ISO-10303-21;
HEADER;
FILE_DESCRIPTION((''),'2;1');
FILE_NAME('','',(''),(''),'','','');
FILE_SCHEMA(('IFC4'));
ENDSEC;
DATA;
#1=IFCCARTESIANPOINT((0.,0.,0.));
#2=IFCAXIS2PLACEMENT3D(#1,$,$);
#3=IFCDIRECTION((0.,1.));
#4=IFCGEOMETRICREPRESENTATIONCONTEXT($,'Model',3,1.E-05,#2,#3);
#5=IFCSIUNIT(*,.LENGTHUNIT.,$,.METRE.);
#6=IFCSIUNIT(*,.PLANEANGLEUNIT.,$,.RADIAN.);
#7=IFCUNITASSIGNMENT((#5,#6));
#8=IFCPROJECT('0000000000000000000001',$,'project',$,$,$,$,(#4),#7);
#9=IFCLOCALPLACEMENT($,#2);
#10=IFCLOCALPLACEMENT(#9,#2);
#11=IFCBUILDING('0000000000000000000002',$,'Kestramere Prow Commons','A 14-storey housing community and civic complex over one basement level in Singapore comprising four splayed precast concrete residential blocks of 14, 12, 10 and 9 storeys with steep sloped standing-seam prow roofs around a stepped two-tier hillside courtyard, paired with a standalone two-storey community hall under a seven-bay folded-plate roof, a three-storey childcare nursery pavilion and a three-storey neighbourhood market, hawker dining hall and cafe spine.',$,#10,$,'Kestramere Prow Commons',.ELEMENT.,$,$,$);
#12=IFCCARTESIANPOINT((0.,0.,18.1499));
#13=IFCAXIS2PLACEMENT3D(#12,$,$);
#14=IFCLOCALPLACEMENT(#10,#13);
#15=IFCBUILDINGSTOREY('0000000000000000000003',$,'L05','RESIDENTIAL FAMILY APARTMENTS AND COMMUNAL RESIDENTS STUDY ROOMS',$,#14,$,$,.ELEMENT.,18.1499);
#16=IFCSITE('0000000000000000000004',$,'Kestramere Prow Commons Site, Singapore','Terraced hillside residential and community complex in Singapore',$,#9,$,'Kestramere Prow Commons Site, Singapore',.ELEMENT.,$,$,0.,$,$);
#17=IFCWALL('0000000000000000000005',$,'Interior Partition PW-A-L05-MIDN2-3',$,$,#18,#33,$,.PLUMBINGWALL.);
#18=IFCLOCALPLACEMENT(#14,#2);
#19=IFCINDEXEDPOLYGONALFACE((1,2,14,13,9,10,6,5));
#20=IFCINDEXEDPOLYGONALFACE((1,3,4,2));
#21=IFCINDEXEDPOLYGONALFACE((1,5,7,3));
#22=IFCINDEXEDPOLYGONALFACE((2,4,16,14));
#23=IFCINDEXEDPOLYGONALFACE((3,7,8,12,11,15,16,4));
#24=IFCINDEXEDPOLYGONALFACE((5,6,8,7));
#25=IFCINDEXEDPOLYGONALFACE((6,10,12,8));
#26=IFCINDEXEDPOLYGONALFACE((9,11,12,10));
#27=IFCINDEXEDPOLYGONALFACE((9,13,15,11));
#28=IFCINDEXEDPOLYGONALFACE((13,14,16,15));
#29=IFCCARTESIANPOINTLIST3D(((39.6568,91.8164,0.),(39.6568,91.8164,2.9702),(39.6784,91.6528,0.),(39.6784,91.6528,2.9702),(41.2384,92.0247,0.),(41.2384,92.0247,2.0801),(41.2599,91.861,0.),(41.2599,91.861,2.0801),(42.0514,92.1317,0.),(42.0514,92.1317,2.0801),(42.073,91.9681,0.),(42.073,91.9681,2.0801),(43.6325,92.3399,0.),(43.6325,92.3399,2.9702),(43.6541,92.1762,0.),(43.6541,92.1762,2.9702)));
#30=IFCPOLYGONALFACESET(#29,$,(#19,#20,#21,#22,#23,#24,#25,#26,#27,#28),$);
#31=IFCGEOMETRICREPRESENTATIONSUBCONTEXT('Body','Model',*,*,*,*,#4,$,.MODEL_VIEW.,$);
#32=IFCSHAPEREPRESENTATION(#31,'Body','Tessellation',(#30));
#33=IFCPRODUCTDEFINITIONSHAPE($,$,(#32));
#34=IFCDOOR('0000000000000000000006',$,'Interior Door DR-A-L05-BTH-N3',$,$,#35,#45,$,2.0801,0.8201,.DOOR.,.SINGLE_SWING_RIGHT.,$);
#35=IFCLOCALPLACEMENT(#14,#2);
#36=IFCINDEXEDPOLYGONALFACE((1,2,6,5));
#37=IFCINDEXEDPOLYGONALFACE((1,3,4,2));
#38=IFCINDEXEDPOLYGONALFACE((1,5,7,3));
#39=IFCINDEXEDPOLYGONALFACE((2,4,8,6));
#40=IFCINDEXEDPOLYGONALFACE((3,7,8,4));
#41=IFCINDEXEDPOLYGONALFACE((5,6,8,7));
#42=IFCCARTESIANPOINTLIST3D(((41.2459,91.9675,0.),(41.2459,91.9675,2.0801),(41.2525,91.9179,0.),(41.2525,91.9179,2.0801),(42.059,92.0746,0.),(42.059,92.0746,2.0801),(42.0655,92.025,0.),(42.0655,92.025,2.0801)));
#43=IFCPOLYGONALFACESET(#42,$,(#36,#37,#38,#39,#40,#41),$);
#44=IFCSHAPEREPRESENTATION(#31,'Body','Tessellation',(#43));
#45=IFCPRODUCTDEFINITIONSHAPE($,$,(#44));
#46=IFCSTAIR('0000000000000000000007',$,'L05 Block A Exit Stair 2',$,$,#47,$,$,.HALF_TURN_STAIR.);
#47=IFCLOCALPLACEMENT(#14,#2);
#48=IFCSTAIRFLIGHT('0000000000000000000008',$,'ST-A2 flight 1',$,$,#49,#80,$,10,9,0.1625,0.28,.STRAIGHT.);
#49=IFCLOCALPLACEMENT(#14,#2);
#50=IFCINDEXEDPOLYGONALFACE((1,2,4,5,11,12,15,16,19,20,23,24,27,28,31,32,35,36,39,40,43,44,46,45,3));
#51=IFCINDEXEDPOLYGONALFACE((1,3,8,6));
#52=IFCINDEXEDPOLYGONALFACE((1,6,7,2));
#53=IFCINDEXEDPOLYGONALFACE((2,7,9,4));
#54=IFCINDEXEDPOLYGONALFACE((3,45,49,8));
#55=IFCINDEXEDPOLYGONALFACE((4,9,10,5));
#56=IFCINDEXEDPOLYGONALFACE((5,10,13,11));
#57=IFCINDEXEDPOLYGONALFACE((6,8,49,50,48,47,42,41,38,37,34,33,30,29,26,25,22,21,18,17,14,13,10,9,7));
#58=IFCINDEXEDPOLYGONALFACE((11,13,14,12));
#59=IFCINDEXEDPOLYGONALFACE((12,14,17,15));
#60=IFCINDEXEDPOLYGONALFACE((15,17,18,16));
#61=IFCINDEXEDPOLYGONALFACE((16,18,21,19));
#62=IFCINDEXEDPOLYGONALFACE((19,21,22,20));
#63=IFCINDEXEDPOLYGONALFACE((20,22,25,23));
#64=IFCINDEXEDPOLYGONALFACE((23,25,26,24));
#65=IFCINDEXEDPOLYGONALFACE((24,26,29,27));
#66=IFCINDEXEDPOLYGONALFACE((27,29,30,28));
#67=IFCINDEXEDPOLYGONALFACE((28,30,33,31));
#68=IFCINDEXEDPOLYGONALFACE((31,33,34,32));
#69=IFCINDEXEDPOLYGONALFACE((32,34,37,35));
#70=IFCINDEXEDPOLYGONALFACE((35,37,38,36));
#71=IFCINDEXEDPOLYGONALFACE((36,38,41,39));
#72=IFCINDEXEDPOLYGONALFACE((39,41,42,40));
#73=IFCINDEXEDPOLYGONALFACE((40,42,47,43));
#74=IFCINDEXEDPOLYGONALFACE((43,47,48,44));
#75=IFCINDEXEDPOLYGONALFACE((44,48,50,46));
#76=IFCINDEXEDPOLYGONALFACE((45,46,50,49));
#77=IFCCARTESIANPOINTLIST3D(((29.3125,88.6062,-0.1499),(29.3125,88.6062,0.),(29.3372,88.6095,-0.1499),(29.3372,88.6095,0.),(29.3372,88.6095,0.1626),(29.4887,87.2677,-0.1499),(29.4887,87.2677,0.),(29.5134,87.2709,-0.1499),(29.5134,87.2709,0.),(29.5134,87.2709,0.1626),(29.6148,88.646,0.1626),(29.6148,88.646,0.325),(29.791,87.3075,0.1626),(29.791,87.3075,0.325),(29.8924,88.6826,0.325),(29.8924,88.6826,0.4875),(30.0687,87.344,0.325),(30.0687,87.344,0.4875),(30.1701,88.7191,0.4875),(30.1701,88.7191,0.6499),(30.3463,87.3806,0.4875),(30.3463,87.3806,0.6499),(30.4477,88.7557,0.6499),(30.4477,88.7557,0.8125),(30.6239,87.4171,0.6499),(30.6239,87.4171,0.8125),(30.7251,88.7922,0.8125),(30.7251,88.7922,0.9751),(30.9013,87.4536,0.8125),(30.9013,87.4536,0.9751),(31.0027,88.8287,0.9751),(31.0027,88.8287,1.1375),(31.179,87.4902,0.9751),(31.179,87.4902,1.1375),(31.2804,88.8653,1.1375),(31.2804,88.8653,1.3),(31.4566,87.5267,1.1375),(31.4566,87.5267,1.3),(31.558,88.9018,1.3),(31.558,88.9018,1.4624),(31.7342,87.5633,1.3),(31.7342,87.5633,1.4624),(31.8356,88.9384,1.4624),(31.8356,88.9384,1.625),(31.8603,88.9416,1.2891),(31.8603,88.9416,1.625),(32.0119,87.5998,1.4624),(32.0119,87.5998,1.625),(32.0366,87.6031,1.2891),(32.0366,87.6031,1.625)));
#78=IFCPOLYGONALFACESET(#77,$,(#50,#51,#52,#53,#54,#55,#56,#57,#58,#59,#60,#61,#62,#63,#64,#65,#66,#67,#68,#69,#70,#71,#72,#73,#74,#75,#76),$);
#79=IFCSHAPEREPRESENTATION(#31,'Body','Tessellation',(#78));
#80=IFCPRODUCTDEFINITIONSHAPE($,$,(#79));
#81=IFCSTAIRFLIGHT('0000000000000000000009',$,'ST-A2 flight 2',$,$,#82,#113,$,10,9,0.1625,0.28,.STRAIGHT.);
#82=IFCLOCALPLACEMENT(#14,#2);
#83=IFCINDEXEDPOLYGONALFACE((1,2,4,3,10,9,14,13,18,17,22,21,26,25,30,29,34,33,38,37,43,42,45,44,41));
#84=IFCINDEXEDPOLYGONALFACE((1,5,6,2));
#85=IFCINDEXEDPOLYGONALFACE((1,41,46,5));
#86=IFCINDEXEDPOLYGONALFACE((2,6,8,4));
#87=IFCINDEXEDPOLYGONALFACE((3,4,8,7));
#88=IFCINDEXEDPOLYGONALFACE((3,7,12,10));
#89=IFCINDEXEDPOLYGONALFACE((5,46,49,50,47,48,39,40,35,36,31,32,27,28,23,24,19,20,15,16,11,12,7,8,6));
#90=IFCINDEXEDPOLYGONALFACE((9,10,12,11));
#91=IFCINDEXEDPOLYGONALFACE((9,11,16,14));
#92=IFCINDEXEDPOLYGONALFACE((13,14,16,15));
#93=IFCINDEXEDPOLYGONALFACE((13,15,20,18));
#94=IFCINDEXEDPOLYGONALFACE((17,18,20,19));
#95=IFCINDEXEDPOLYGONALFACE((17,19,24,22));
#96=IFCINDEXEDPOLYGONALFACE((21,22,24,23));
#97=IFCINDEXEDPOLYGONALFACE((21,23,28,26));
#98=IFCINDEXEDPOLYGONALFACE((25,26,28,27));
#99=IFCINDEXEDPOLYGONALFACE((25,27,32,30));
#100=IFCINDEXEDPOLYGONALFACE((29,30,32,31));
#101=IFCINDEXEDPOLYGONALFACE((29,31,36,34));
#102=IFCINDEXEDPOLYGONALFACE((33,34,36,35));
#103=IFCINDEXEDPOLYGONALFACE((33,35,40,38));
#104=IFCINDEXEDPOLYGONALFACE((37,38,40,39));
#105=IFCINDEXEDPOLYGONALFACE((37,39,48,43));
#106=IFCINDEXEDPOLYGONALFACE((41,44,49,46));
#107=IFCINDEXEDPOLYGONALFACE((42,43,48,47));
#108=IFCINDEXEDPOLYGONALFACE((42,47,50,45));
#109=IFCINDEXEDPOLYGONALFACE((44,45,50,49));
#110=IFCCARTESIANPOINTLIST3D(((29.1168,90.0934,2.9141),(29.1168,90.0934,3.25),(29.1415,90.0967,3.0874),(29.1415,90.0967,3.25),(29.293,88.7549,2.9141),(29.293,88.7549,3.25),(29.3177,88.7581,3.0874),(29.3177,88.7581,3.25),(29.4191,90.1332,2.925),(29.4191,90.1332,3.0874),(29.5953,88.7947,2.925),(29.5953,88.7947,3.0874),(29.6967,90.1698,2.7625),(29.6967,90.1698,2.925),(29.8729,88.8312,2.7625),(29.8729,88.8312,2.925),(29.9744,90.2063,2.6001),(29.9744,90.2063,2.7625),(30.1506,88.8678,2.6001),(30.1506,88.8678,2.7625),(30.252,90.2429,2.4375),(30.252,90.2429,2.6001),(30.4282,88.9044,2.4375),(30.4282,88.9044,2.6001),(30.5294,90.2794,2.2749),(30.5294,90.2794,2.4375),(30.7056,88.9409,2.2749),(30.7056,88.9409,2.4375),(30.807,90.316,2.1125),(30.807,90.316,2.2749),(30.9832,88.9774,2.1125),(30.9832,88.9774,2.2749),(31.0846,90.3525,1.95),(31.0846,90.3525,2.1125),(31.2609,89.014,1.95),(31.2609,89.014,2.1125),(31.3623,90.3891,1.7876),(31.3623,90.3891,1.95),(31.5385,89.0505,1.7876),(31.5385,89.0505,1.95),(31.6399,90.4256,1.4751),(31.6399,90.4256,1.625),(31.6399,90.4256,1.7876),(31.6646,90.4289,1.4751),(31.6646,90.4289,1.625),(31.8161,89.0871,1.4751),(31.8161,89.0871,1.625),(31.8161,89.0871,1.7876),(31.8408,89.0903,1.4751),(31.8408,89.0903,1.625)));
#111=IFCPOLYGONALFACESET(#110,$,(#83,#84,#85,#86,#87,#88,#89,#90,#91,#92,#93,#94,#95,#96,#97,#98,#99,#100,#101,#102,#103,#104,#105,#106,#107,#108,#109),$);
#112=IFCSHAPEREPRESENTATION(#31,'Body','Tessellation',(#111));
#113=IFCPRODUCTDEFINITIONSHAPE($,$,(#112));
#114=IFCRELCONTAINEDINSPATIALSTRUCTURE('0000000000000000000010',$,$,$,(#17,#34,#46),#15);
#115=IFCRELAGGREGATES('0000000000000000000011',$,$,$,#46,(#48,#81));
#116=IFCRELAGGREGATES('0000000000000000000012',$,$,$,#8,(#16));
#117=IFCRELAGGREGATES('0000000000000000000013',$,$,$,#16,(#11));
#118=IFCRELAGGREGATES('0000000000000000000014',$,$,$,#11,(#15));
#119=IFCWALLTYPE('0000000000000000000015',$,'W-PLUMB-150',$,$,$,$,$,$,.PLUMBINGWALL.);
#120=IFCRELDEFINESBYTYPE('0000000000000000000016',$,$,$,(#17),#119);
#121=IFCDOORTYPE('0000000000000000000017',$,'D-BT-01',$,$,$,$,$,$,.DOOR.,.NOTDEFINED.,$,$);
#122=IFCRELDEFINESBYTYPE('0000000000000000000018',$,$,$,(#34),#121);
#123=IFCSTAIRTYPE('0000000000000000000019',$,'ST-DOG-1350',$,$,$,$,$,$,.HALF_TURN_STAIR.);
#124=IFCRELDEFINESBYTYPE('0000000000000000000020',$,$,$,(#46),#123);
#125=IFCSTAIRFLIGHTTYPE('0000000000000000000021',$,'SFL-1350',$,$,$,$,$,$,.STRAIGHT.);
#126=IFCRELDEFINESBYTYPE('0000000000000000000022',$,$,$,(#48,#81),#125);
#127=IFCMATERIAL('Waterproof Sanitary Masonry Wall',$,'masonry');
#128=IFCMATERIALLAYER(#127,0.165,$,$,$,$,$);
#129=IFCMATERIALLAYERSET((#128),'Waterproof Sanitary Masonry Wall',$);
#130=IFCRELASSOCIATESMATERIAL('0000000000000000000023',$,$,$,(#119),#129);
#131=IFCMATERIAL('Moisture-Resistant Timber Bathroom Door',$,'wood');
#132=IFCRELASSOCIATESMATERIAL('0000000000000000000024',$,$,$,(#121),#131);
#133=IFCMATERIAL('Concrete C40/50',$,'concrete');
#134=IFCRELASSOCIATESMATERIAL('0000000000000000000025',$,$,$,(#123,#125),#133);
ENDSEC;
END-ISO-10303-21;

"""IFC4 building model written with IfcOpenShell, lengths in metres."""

from ifc_helpers import new_model, si_unit, direction, frame, frame_2d, origin, place, context, subcontext, project, spatial, polyline, rectangle, outline, extrude, material, layer, layer_set, type_object, element, fill, aggregate, save


model = new_model("IFC4")

# Units and contexts
model_context = context("Model", 3, precision=1e-05, world=origin(), true_north=direction((0.0, 1.0)))
body_context = subcontext(model_context, "Body", "Model", "MODEL_VIEW")
ifc_project = project(units=[si_unit("LENGTHUNIT", "METRE"), si_unit("PLANEANGLEUNIT", "RADIAN")], contexts=[model_context])

# Site, building, storey
site_placement = place(None, origin())
site = spatial("IfcSite", under=ifc_project, at=site_placement, Name="Kestramere Prow Commons Site, Singapore", Description="Terraced hillside residential and community complex in Singapore", LongName="Kestramere Prow Commons Site, Singapore", CompositionType="ELEMENT", RefElevation=0.0)
building_placement = place(site_placement, origin())
building = spatial("IfcBuilding", under=site, at=building_placement, Name="Kestramere Prow Commons", Description="A 14-storey housing community and civic complex over one basement level in Singapore comprising four splayed precast concrete residential blocks of 14, 12, 10 and 9 storeys with steep sloped standing-seam prow roofs around a stepped two-tier hillside courtyard, paired with a standalone two-storey community hall under a seven-bay folded-plate roof, a three-storey childcare nursery pavilion and a three-storey neighbourhood market, hawker dining hall and cafe spine.", LongName="Kestramere Prow Commons", CompositionType="ELEMENT")
storey_placement = place(building_placement, frame((0.0, 0.0, 18.1499)))
storey = spatial("IfcBuildingStorey", under=building, at=storey_placement, Name="L05", Description="RESIDENTIAL FAMILY APARTMENTS AND COMMUNAL RESIDENTS STUDY ROOMS", CompositionType="ELEMENT", Elevation=18.1499)

# Shared definitions
ifc_material_1 = material(Name="Concrete C40/50", Category="concrete")

# Wall, opening, door
ifc_material_2 = material(Name="Waterproof Sanitary Masonry Wall", Category="masonry")
ifc_layer_1 = layer(ifc_material_2, 0.165)
ifc_layer_set_1 = layer_set([ifc_layer_1], Name="Waterproof Sanitary Masonry Wall")
wall_type_1 = type_object("IfcWallType", Name="W-PLUMB-150", PredefinedType="PLUMBINGWALL", material=ifc_layer_set_1)
wall_1_placement = place(storey_placement, frame((39.6677, 91.7346, 0.0), z_axis=(0.0, 0.0, 1.0), x_axis=(0.991444, 0.130536, 0.0)))
wall_1 = element("IfcWall", 1, at=wall_1_placement, inside=storey, type_object=wall_type_1, Name="Interior Partition PW-A-L05-MIDN2-3", PredefinedType="PLUMBINGWALL", context=body_context, shape_type="SweptSolid", body=[
    extrude(rectangle(XDim=4.01, YDim=0.165, at=frame_2d((2.0049, 0.0))), origin(), (0.0, 0.0, 1.0), 2.9702),
])
opening_1_placement = place(wall_1_placement, frame((1.595, 0.0, 0.0)))
opening_1 = element("IfcOpeningElement", 2, at=opening_1_placement, cuts=wall_1, PredefinedType="OPENING", context=body_context, shape_type="SweptSolid", body=[
    extrude(rectangle(XDim=0.8201, YDim=2.0801, at=frame_2d((0.4102, 1.04))), frame((0.0, 0.0974, 0.0), z_axis=(0.0, -1.0, 0.0), x_axis=(1.0, 0.0, 0.0)), (0.0, 0.0, 1.0), 0.1951),
])
ifc_material_3 = material(Name="Moisture-Resistant Timber Bathroom Door", Category="wood")
door_type_1 = type_object("IfcDoorType", Name="D-BT-01", OperationType="NOTDEFINED", PredefinedType="DOOR", material=ifc_material_3)
door_1_placement = place(opening_1_placement, origin())
door_1 = element("IfcDoor", 3, at=door_1_placement, inside=storey, type_object=door_type_1, Name="Interior Door DR-A-L05-BTH-N3", OperationType="SINGLE_SWING_RIGHT", OverallHeight=2.0801, OverallWidth=0.8201, PredefinedType="DOOR", context=body_context, shape_type="SweptSolid", body=[
    extrude(rectangle(XDim=0.8201, YDim=2.0801, at=frame_2d((0.4102, 1.04))), frame((0.0, 0.0249, 0.0), z_axis=(0.0, -1.0, 0.0), x_axis=(1.0, 0.0, 0.0)), (0.0, 0.0, 1.0), 0.05),
])
fill(opening_1, door_1)

# Stair, stair flights
stair_type = type_object("IfcStairType", Name="ST-DOG-1350", PredefinedType="HALF_TURN_STAIR", material=ifc_material_1)
stair_placement = place(storey_placement, origin())
stair = element("IfcStair", 4, at=stair_placement, inside=storey, type_object=stair_type, Name="L05 Block A Exit Stair 2", PredefinedType="HALF_TURN_STAIR")
stair_flight_type = type_object("IfcStairFlightType", Name="SFL-1350", PredefinedType="STRAIGHT", material=ifc_material_1)
stair_flight_1_placement = place(storey_placement, frame((29.4253, 87.9402, 0.0), z_axis=(0.0, 0.0, 1.0), x_axis=(0.991445, 0.130526, 0.0)))
stair_flight_1 = element("IfcStairFlight", 5, at=stair_flight_1_placement, type_object=stair_flight_type, Name="ST-A2 flight 1", NumberOfRisers=10, NumberOfTreads=9, PredefinedType="STRAIGHT", RiserHeight=0.1625, TreadLength=0.28, context=body_context, shape_type="SweptSolid", body=[
    extrude(outline(polyline([(-0.0249, 0.0), (0.0, 0.0), (0.0, 0.1626), (0.28, 0.1626), (0.28, 0.325), (0.5601, 0.325), (0.5601, 0.4875), (0.8401, 0.4875), (0.8401, 0.6499), (1.1201, 0.6499), (1.1201, 0.8125), (1.3999, 0.8125), (1.3999, 0.9751), (1.6799, 0.9751), (1.6799, 1.1375), (1.96, 1.1375), (1.96, 1.3), (2.24, 1.3), (2.24, 1.4624), (2.52, 1.4624), (2.52, 1.625), (2.5449, 1.625), (2.5449, 1.2891), (0.0, -0.1499), (-0.0249, -0.1499), (-0.0249, 0.0)])), frame((0.0, 0.675, 0.0), z_axis=(0.0, -1.0, 0.0), x_axis=(1.0, 0.0, 0.0)), (0.0, 0.0, 1.0), 1.3501),
])
stair_flight_2_placement = place(storey_placement, frame((31.728, 89.7563, 1.625), z_axis=(0.0, 0.0, 1.0), x_axis=(-0.991445, -0.130526, 0.0)))
stair_flight_2 = element("IfcStairFlight", 6, at=stair_flight_2_placement, type_object=stair_flight_type, Name="ST-A2 flight 2", NumberOfRisers=10, NumberOfTreads=9, PredefinedType="STRAIGHT", RiserHeight=0.1625, TreadLength=0.28, context=body_context, shape_type="SweptSolid", body=[
    extrude(outline(polyline([(-0.0249, 0.0), (0.0, 0.0), (0.0, 0.1626), (0.28, 0.1626), (0.28, 0.325), (0.5601, 0.325), (0.5601, 0.4875), (0.8401, 0.4875), (0.8401, 0.6499), (1.1201, 0.6499), (1.1201, 0.8125), (1.3999, 0.8125), (1.3999, 0.9751), (1.6799, 0.9751), (1.6799, 1.1375), (1.96, 1.1375), (1.96, 1.3), (2.24, 1.3), (2.24, 1.4624), (2.52, 1.4624), (2.52, 1.625), (2.5449, 1.625), (2.5449, 1.2891), (0.0, -0.1499), (-0.0249, -0.1499), (-0.0249, 0.0)])), frame((0.0, 0.675, 0.0), z_axis=(0.0, -1.0, 0.0), x_axis=(1.0, 0.0, 0.0)), (0.0, 0.0, 1.0), 1.3501),
])
aggregate(stair, [stair_flight_1, stair_flight_2])

save(model, "model.ifc")
